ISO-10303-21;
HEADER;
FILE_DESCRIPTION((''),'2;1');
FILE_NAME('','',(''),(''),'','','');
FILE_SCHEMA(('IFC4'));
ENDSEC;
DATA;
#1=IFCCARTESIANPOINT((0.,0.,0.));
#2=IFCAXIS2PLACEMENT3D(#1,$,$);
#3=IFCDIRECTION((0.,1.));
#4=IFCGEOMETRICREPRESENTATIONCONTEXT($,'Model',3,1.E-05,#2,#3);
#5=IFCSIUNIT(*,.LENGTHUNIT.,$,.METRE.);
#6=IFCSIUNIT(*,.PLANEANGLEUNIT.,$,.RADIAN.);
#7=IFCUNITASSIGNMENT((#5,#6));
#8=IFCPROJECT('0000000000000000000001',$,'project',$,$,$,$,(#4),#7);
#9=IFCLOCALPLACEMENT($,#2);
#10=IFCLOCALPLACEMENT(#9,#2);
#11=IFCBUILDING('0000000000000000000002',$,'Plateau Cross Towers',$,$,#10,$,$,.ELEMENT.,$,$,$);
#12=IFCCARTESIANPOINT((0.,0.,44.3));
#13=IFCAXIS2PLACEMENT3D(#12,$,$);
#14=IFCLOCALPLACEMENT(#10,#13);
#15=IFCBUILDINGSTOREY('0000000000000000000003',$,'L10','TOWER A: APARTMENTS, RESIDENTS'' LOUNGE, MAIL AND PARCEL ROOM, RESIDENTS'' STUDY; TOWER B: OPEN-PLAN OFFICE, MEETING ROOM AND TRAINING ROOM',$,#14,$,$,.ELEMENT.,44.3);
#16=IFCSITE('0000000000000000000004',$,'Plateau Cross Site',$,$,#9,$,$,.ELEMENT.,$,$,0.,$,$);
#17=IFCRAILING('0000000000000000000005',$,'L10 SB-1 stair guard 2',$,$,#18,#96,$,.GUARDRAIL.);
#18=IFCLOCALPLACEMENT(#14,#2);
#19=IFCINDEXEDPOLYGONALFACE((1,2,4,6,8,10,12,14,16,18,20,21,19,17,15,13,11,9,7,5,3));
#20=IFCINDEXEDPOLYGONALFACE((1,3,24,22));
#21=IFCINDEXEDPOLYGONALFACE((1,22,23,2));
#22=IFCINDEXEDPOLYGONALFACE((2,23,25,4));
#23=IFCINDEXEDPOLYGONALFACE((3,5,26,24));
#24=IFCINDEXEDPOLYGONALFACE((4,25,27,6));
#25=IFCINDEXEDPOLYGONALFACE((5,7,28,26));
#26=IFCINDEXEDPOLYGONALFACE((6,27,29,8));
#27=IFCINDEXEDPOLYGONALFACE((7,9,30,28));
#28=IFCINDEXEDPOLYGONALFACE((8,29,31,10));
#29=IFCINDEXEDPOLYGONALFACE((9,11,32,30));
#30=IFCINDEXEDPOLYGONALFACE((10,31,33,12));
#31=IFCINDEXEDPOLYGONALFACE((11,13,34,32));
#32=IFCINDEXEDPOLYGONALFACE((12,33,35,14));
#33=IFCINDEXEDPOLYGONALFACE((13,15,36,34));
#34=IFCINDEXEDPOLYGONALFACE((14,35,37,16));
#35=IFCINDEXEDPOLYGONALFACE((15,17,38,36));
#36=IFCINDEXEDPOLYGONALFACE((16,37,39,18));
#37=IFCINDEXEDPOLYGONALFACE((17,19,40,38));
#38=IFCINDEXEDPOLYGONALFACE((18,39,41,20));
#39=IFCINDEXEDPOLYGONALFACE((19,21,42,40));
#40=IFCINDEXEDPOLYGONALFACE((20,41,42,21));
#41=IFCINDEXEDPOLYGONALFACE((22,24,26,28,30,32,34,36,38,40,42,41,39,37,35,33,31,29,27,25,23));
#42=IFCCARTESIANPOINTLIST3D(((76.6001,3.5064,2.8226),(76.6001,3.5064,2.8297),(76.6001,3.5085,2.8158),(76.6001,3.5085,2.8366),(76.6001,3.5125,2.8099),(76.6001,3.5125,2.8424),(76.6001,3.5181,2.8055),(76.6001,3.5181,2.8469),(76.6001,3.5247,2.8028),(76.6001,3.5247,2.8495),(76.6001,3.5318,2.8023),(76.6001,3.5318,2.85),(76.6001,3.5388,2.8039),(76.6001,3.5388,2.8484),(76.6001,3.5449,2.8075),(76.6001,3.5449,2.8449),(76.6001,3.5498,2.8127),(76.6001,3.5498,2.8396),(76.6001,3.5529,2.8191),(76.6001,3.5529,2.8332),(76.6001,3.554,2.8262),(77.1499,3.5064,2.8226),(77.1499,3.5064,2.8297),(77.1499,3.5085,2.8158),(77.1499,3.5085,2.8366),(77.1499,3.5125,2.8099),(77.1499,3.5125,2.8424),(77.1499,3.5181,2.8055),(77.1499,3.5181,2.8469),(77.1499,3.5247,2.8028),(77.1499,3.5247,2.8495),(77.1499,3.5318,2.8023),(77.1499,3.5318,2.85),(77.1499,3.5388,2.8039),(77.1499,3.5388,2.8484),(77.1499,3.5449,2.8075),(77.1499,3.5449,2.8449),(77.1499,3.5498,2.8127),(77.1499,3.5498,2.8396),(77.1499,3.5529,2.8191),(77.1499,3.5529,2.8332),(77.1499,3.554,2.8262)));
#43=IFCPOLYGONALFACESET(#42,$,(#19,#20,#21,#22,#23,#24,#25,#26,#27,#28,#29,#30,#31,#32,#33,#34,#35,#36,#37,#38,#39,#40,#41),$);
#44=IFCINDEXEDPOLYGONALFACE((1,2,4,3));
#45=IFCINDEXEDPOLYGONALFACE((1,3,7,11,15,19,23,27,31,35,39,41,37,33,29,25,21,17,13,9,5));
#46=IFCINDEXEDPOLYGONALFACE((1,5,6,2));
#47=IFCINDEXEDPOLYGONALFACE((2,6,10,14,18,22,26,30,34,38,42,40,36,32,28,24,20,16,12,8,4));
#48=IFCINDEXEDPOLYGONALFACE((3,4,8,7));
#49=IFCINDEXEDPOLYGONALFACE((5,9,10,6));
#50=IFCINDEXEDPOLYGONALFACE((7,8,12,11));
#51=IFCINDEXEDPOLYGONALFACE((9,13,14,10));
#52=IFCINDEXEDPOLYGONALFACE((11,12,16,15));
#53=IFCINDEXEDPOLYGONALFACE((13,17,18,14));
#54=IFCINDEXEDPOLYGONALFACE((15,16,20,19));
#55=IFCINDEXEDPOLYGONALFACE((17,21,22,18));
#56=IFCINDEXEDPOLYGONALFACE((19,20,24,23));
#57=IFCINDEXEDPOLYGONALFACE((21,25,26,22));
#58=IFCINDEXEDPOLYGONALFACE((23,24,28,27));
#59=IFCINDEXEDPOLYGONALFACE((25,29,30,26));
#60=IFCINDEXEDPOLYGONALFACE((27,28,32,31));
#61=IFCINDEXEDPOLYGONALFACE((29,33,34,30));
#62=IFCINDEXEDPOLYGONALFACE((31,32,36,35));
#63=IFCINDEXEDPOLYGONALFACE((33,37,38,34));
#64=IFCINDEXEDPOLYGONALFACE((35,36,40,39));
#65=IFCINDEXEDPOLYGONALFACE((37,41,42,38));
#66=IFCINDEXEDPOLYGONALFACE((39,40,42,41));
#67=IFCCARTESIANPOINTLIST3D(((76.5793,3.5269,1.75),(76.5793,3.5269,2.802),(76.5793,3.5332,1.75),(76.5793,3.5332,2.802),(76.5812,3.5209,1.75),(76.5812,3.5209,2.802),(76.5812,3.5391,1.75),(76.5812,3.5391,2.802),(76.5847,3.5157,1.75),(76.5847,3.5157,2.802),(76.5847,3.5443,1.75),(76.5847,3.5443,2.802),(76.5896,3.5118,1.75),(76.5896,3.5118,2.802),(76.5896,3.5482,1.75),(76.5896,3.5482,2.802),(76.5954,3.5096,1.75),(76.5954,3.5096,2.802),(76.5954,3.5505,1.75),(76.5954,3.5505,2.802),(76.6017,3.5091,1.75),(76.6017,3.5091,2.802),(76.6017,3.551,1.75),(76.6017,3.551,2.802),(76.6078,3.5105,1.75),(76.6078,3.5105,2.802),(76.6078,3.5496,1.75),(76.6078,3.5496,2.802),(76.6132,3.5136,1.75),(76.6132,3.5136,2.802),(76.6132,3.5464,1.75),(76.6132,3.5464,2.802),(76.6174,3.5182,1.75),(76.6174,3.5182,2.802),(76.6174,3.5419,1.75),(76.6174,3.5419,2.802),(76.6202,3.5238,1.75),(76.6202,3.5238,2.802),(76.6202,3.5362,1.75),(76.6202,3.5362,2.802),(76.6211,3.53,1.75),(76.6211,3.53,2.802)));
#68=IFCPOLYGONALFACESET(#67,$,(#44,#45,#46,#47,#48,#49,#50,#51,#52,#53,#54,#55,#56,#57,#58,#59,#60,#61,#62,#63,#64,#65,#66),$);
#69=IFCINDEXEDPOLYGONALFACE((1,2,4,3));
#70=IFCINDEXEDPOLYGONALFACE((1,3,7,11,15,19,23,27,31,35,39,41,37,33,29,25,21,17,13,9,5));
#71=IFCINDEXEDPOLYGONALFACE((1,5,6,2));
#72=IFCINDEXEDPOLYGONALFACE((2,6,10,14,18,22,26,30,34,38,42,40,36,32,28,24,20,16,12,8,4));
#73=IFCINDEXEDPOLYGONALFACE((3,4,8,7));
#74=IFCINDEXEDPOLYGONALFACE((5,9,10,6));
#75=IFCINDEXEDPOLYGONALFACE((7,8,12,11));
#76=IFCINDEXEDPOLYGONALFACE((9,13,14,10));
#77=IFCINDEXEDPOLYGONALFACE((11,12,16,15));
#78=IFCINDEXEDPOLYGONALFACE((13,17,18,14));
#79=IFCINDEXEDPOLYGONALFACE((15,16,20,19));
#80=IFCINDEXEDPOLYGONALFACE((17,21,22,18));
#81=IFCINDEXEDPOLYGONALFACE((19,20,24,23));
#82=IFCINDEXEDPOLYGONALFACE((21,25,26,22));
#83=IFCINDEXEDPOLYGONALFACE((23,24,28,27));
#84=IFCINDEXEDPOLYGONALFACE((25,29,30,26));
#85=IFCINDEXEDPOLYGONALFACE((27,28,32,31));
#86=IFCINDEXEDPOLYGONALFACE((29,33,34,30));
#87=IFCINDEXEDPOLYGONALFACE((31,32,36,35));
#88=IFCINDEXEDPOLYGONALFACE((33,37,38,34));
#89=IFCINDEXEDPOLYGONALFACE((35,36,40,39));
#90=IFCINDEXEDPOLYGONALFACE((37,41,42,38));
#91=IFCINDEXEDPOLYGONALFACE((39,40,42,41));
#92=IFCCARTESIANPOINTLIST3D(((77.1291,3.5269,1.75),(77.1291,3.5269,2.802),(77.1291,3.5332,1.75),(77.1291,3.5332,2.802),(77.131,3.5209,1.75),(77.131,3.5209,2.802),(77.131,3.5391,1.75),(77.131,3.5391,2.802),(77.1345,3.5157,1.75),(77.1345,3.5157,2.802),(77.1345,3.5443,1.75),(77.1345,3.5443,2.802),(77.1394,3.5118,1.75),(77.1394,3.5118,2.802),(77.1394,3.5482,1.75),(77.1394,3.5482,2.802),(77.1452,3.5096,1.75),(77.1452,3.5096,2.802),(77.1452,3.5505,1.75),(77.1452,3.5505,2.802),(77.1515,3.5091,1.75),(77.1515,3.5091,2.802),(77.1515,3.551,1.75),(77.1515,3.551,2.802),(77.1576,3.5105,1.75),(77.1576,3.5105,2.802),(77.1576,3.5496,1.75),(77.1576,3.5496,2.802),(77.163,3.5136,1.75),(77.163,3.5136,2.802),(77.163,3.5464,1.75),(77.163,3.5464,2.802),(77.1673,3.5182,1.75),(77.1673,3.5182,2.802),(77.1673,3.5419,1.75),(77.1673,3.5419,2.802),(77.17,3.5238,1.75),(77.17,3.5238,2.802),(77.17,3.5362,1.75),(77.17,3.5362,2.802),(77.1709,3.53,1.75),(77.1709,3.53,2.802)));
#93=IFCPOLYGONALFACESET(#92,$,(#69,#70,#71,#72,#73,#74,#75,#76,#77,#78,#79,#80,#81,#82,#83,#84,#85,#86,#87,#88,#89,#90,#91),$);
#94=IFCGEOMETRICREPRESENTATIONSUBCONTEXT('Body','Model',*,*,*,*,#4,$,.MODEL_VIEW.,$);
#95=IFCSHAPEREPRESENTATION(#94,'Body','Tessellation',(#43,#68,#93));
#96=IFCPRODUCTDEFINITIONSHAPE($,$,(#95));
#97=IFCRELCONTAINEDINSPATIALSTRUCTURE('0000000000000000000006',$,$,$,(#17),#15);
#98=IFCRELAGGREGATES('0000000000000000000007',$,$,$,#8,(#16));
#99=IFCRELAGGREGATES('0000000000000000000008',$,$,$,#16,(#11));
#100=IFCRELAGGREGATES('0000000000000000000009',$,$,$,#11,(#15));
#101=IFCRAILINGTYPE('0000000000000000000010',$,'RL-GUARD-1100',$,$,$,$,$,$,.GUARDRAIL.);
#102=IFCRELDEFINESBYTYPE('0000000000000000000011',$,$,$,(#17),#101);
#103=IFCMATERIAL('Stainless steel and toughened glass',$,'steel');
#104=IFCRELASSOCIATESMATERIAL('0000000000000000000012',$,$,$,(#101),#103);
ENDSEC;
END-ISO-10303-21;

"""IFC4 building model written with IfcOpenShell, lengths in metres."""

from ifc_helpers import new_model, si_unit, direction, frame, origin, origin_2d, place, context, subcontext, project, spatial, circle, extrude, material, type_object, element, save


model = new_model("IFC4")

# Units and contexts
model_context = context("Model", 3, precision=1e-05, world=origin(), true_north=direction((0.0, 1.0)))
body_context = subcontext(model_context, "Body", "Model", "MODEL_VIEW")
ifc_project = project(units=[si_unit("LENGTHUNIT", "METRE"), si_unit("PLANEANGLEUNIT", "RADIAN")], contexts=[model_context])

# Site, building, storey
site_placement = place(None, origin())
site = spatial("IfcSite", under=ifc_project, at=site_placement, Name="Plateau Cross Site", CompositionType="ELEMENT", RefElevation=0.0)
building_placement = place(site_placement, origin())
building = spatial("IfcBuilding", under=site, at=building_placement, Name="Plateau Cross Towers", CompositionType="ELEMENT")
storey_placement = place(building_placement, frame((0.0, 0.0, 44.3)))
storey = spatial("IfcBuildingStorey", under=building, at=storey_placement, Name="L10", Description="TOWER A: APARTMENTS, RESIDENTS' LOUNGE, MAIL AND PARCEL ROOM, RESIDENTS' STUDY; TOWER B: OPEN-PLAN OFFICE, MEETING ROOM AND TRAINING ROOM", CompositionType="ELEMENT", Elevation=44.3)

# Railing
ifc_material_1 = material(Name="Stainless steel and toughened glass", Category="steel")
railing_type_1 = type_object("IfcRailingType", Name="RL-GUARD-1100", PredefinedType="GUARDRAIL", material=ifc_material_1)
railing_1_placement = place(storey_placement, frame((76.6001, 3.53, 1.75)))
element("IfcRailing", 1, at=railing_1_placement, inside=storey, type_object=railing_type_1, Name="L10 SB-1 stair guard 2", PredefinedType="GUARDRAIL", context=body_context, shape_type="SweptSolid", body=[
    extrude(circle(Radius=0.0239, at=origin_2d()), frame((0.0, 0.0, 1.0762), z_axis=(1.0, 0.0, 0.0), x_axis=(0.0, 1.0, 0.0)), (0.0, 0.0, 1.0), 0.5498),
    extrude(circle(Radius=0.021, at=origin_2d()), origin(), (0.0, 0.0, 1.0), 1.052),
    extrude(circle(Radius=0.021, at=origin_2d()), frame((0.5498, 0.0, 0.0)), (0.0, 0.0, 1.0), 1.052),
])

save(model, "model.ifc")
